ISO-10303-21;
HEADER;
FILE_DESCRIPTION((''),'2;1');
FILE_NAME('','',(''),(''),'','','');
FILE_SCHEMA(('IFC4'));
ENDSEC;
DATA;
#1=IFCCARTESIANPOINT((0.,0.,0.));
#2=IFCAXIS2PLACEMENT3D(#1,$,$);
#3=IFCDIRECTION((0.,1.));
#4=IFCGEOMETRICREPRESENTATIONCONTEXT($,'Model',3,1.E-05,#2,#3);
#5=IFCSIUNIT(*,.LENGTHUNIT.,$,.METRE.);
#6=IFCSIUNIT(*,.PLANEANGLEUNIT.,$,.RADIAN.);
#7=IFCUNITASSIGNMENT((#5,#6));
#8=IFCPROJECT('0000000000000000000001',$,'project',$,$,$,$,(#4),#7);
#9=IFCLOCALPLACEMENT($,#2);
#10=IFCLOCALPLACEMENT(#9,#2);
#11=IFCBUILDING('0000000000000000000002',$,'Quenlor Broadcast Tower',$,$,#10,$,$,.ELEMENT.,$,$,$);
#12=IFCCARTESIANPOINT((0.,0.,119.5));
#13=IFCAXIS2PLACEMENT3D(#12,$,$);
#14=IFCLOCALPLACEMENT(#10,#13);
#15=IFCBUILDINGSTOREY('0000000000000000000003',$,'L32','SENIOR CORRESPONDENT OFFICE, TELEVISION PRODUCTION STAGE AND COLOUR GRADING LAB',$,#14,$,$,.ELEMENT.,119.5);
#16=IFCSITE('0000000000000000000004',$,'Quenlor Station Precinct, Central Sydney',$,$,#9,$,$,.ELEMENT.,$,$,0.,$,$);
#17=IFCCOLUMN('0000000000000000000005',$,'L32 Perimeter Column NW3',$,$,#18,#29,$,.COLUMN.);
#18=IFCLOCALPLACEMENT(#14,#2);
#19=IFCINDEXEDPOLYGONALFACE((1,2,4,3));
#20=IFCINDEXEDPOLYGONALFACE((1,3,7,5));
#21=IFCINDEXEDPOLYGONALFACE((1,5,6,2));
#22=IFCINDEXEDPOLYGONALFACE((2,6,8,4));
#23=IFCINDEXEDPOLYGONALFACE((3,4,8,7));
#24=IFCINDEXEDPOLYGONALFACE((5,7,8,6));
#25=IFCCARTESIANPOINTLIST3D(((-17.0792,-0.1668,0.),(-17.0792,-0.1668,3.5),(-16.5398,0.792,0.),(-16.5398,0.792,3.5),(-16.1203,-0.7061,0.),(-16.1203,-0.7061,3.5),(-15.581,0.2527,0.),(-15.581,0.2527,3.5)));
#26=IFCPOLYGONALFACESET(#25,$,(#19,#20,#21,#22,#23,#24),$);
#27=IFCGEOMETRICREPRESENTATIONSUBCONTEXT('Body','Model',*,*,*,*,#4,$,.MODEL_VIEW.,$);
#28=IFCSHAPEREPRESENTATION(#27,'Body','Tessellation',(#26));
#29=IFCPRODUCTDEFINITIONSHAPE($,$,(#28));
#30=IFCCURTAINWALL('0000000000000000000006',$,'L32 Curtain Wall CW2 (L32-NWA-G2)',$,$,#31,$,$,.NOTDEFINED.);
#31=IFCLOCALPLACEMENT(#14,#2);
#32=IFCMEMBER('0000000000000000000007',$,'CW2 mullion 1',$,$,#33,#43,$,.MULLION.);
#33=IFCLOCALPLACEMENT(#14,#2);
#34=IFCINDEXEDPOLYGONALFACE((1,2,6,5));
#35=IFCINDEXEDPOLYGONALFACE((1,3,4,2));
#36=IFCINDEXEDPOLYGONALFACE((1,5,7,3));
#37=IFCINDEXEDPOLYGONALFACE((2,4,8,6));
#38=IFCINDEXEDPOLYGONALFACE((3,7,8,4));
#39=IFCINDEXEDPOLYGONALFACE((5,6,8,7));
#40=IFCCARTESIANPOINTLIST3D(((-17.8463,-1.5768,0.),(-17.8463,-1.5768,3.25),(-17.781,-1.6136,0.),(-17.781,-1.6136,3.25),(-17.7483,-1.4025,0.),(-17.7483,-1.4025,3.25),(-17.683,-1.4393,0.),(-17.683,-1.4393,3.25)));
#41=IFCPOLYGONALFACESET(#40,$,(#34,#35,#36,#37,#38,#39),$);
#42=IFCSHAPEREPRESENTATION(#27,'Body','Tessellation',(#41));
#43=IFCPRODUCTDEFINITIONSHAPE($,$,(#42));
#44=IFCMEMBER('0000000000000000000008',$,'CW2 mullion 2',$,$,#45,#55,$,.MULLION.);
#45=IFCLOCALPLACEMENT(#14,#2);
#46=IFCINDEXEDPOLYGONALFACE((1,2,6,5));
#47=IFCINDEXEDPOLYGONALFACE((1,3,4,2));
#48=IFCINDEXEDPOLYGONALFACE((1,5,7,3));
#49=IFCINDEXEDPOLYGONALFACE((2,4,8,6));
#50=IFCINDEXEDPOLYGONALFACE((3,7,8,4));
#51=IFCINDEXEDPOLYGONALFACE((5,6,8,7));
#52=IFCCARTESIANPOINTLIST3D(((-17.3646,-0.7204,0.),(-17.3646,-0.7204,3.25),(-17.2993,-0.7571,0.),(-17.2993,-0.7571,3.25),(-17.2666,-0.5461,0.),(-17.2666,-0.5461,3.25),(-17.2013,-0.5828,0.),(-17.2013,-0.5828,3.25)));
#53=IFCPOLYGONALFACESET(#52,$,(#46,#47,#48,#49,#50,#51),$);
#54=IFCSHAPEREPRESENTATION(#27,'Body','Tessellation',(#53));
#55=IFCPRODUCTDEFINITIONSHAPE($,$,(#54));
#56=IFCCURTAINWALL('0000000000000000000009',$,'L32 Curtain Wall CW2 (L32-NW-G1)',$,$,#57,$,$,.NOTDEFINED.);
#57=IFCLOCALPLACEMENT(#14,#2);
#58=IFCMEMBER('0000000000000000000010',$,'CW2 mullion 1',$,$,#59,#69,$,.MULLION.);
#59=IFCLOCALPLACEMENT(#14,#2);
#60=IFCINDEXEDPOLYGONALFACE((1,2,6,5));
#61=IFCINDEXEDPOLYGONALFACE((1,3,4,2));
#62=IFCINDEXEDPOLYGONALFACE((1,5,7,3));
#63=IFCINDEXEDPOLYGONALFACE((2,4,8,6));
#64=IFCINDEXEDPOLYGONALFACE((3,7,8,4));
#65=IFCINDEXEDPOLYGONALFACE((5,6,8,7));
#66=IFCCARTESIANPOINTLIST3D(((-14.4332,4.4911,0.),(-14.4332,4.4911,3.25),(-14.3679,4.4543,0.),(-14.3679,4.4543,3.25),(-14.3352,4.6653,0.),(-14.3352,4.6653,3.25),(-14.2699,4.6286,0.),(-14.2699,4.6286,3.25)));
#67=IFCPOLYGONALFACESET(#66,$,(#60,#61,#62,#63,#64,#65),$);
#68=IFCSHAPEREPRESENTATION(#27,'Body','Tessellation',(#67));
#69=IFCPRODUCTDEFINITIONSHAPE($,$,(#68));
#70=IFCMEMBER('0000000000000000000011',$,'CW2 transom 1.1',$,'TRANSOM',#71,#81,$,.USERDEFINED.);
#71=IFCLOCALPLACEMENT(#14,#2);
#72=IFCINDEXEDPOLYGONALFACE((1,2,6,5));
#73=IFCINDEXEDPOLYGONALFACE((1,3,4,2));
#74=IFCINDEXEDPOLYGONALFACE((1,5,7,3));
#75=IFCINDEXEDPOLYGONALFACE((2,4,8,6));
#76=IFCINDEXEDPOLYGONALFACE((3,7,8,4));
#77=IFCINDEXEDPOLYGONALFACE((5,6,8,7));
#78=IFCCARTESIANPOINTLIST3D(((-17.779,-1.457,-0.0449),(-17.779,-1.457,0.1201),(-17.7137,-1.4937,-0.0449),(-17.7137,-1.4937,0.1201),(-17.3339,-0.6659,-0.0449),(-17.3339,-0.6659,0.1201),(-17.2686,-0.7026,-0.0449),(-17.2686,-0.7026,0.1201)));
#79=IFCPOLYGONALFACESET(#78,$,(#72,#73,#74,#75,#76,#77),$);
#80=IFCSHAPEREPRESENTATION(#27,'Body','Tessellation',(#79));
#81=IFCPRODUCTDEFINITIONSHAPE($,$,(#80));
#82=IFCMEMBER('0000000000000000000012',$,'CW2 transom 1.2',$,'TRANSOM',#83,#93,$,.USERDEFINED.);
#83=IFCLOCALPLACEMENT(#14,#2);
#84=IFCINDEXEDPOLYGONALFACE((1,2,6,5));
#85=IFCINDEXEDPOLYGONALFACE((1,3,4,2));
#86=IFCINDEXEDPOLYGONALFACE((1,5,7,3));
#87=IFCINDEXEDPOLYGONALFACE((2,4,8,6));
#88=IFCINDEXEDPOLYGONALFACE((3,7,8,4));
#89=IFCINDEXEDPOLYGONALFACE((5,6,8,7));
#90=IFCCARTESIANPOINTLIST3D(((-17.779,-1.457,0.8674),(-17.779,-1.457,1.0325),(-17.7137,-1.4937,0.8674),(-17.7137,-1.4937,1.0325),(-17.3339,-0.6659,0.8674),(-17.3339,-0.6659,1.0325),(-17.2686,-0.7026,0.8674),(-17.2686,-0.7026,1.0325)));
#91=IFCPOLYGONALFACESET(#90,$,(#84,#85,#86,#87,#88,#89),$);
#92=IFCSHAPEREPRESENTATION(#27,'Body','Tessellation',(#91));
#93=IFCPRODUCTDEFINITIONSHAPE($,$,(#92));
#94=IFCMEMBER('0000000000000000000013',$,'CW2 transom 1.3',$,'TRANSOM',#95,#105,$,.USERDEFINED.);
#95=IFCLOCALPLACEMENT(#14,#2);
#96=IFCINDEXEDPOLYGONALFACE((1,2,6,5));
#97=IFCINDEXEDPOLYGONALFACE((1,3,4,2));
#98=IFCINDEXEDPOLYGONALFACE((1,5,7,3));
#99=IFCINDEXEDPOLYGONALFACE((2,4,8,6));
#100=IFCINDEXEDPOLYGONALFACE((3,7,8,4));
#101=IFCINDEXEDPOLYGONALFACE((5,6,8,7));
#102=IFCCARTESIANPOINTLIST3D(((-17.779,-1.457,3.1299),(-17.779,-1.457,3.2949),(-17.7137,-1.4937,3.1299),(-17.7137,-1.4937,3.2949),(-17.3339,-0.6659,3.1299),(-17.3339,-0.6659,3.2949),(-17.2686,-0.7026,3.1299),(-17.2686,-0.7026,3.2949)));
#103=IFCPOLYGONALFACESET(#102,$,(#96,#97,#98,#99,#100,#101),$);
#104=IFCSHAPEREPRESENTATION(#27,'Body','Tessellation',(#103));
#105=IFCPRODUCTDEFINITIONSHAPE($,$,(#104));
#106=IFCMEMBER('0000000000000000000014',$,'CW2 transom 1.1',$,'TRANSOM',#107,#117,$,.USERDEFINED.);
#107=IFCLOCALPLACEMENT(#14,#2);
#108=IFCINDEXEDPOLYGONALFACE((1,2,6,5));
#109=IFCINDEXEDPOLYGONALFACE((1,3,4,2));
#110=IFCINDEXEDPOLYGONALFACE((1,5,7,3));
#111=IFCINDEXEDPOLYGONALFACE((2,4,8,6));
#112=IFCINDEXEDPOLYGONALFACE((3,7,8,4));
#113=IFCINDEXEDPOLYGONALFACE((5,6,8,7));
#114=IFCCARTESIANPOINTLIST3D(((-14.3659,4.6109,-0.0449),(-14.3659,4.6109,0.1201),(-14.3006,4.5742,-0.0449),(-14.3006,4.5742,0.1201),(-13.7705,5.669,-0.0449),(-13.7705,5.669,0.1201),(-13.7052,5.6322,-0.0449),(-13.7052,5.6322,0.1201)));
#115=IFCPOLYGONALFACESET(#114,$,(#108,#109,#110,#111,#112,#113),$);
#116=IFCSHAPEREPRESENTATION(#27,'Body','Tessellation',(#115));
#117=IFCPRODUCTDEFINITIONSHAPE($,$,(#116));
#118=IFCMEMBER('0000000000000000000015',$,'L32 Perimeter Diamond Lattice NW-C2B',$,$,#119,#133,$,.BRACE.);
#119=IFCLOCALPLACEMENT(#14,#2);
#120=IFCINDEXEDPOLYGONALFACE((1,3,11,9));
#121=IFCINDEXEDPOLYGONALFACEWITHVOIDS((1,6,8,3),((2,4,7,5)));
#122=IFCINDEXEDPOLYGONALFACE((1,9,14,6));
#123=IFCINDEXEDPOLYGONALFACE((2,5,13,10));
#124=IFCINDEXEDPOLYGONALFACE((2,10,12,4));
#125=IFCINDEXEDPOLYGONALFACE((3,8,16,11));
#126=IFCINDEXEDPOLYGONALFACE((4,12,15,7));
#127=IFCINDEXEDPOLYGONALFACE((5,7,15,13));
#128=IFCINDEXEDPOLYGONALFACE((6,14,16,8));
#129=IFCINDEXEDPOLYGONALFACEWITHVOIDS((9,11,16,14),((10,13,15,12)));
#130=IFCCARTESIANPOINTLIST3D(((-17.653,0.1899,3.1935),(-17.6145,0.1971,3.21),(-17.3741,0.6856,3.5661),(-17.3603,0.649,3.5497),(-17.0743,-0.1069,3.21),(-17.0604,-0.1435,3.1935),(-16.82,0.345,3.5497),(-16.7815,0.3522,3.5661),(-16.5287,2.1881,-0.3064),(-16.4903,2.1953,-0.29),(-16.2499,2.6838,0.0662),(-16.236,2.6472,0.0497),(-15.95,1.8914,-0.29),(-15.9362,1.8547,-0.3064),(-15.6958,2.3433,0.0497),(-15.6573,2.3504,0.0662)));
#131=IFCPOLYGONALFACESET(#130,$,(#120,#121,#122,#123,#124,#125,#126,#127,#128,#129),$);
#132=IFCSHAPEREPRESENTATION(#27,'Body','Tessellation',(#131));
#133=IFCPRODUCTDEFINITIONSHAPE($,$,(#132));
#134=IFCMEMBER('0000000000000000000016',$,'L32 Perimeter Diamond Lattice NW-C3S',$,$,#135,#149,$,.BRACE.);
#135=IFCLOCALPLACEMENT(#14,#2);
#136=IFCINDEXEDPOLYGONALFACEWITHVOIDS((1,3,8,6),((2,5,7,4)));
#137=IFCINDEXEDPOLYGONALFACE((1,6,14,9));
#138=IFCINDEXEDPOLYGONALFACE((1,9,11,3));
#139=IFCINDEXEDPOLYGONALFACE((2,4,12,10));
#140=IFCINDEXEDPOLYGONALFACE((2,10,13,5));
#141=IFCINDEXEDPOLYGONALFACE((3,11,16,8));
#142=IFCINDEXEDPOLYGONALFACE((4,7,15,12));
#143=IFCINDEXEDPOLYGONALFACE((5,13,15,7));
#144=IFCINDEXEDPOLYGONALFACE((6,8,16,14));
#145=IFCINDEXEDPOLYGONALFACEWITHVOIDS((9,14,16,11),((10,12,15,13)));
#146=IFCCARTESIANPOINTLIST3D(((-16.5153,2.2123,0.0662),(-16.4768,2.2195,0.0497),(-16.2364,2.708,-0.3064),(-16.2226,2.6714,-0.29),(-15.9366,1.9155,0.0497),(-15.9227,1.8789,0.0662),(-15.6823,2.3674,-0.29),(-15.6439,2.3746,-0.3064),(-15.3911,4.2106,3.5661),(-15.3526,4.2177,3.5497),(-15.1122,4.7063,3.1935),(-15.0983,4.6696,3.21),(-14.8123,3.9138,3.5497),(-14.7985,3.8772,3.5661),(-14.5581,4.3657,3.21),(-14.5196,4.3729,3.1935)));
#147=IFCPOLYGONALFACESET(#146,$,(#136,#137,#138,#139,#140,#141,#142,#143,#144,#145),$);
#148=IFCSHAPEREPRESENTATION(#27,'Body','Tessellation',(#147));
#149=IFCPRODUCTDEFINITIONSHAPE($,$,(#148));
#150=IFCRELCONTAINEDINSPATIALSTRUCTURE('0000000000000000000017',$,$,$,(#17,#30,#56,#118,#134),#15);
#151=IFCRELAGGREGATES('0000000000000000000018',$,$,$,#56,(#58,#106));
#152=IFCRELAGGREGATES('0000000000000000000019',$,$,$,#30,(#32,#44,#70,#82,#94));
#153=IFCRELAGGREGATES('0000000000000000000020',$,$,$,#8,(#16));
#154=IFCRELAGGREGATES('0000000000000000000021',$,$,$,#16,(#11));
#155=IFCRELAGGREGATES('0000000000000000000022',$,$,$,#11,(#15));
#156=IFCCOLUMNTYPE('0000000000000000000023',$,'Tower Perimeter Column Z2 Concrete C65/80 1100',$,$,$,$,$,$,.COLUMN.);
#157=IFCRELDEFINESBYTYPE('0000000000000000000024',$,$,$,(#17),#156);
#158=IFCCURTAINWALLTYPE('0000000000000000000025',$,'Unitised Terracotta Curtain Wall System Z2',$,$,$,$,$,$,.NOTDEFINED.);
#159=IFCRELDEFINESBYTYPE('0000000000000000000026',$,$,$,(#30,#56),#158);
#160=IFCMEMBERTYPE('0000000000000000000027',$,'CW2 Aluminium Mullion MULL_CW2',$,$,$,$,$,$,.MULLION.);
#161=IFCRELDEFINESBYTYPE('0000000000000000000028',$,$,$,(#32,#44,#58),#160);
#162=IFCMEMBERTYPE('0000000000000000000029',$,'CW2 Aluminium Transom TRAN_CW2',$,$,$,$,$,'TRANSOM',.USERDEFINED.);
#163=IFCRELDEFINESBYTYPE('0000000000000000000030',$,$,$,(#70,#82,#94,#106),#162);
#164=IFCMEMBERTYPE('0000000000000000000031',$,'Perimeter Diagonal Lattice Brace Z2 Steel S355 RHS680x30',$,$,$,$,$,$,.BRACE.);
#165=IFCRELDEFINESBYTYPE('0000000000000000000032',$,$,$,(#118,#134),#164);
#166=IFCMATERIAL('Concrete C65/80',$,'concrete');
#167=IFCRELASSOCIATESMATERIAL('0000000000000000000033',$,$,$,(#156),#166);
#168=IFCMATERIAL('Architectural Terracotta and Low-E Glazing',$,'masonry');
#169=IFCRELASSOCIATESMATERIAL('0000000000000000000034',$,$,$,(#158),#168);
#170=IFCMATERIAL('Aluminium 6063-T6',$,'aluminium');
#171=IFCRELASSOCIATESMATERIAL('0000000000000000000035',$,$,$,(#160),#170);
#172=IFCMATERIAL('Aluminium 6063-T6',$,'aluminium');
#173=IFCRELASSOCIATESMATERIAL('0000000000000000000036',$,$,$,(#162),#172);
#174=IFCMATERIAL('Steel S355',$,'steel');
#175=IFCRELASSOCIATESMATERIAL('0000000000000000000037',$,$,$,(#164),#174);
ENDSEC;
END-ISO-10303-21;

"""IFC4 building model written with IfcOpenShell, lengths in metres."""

from ifc_helpers import new_model, si_unit, direction, frame, origin, origin_2d, place, context, subcontext, project, spatial, rectangle, hollow_rectangle, extrude, material, material_profile, profile_set, type_object, element, aggregate, save


model = new_model("IFC4")

# Units and contexts
model_context = context("Model", 3, precision=1e-05, world=origin(), true_north=direction((0.0, 1.0)))
body_context = subcontext(model_context, "Body", "Model", "MODEL_VIEW")
ifc_project = project(units=[si_unit("LENGTHUNIT", "METRE"), si_unit("PLANEANGLEUNIT", "RADIAN")], contexts=[model_context])

# Site, building, storey
site_placement = place(None, origin())
site = spatial("IfcSite", under=ifc_project, at=site_placement, Name="Quenlor Station Precinct, Central Sydney", CompositionType="ELEMENT", RefElevation=0.0)
building_placement = place(site_placement, origin())
building = spatial("IfcBuilding", under=site, at=building_placement, Name="Quenlor Broadcast Tower", CompositionType="ELEMENT")
storey_placement = place(building_placement, frame((0.0, 0.0, 119.5)))
storey = spatial("IfcBuildingStorey", under=building, at=storey_placement, Name="L32", Description="SENIOR CORRESPONDENT OFFICE, TELEVISION PRODUCTION STAGE AND COLOUR GRADING LAB", CompositionType="ELEMENT", Elevation=119.5)

# Column
ifc_material_1 = material(Name="Concrete C65/80", Category="concrete")
ifc_material_profile_1 = material_profile(ifc_material_1, rectangle(XDim=1.1001, YDim=1.1001, at=origin_2d()))
ifc_profile_set_1 = profile_set([ifc_material_profile_1], Name="Concrete C65/80 RC1100x1100")
column_type = type_object("IfcColumnType", Name="Tower Perimeter Column Z2 Concrete C65/80 1100", PredefinedType="COLUMN", material=ifc_profile_set_1)
column_placement = place(storey_placement, frame((-16.3301, 0.043, 0.0), z_axis=(0.0, 0.0, 1.0), x_axis=(-0.871575, 0.490262, 0.0)))
element("IfcColumn", 1, at=column_placement, inside=storey, type_object=column_type, Name="L32 Perimeter Column NW3", PredefinedType="COLUMN", context=body_context, shape_type="SweptSolid", body=[
    extrude(rectangle(XDim=1.1001, YDim=1.1001, at=origin_2d()), origin(), (0.0, 0.0, 1.0), 3.5),
])

# Curtain wall, members
ifc_material_2 = material(Name="Architectural Terracotta and Low-E Glazing", Category="masonry")
curtain_wall_type = type_object("IfcCurtainWallType", Name="Unitised Terracotta Curtain Wall System Z2", PredefinedType="NOTDEFINED", material=ifc_material_2)
curtain_wall_1_placement = place(storey_placement, origin())
curtain_wall_1 = element("IfcCurtainWall", 2, at=curtain_wall_1_placement, inside=storey, type_object=curtain_wall_type, Name="L32 Curtain Wall CW2 (L32-NWA-G2)", PredefinedType="NOTDEFINED")
ifc_material_3 = material(Name="Aluminium 6063-T6", Category="aluminium")
ifc_material_profile_2 = material_profile(ifc_material_3, rectangle(XDim=0.075, YDim=0.2, at=origin_2d()))
ifc_profile_set_2 = profile_set([ifc_material_profile_2], Name="Aluminium 6063-T6 MULL75x200")
member_type_1 = type_object("IfcMemberType", Name="CW2 Aluminium Mullion MULL_CW2", PredefinedType="MULLION", material=ifc_profile_set_2)
member_1_placement = place(storey_placement, frame((-17.7646, -1.5081, 0.0), z_axis=(0.0, 0.0, 1.0), x_axis=(-0.871581, 0.490252, 0.0)))
member_1 = element("IfcMember", 3, at=member_1_placement, type_object=member_type_1, Name="CW2 mullion 1", PredefinedType="MULLION", context=body_context, shape_type="SweptSolid", body=[
    extrude(rectangle(XDim=0.075, YDim=0.2, at=origin_2d()), origin(), (0.0, 0.0, 1.0), 3.25),
])
member_2_placement = place(storey_placement, frame((-17.283, -0.6516, 0.0), z_axis=(0.0, 0.0, 1.0), x_axis=(-0.871581, 0.490252, 0.0)))
member_2 = element("IfcMember", 4, at=member_2_placement, type_object=member_type_1, Name="CW2 mullion 2", PredefinedType="MULLION", context=body_context, shape_type="SweptSolid", body=[
    extrude(rectangle(XDim=0.075, YDim=0.2, at=origin_2d()), origin(), (0.0, 0.0, 1.0), 3.25),
])

# Curtain wall, member
curtain_wall_2_placement = place(storey_placement, origin())
curtain_wall_2 = element("IfcCurtainWall", 5, at=curtain_wall_2_placement, inside=storey, type_object=curtain_wall_type, Name="L32 Curtain Wall CW2 (L32-NW-G1)", PredefinedType="NOTDEFINED")
member_3_placement = place(storey_placement, frame((-14.3516, 4.5598, 0.0), z_axis=(0.0, 0.0, 1.0), x_axis=(-0.871579, 0.490254, 0.0)))
member_3 = element("IfcMember", 6, at=member_3_placement, type_object=member_type_1, Name="CW2 mullion 1", PredefinedType="MULLION", context=body_context, shape_type="SweptSolid", body=[
    extrude(rectangle(XDim=0.075, YDim=0.2, at=origin_2d()), origin(), (0.0, 0.0, 1.0), 3.25),
])

# Members
ifc_material_4 = material(Name="Aluminium 6063-T6", Category="aluminium")
ifc_material_profile_3 = material_profile(ifc_material_4, rectangle(XDim=0.075, YDim=0.165, at=origin_2d()))
ifc_profile_set_3 = profile_set([ifc_material_profile_3], Name="Aluminium 6063-T6 TRAN75x165")
member_type_2 = type_object("IfcMemberType", Name="CW2 Aluminium Transom TRAN_CW2", ElementType="TRANSOM", PredefinedType="USERDEFINED", material=ifc_profile_set_3)
member_4_placement = place(storey_placement, frame((-17.7463, -1.4753, 0.0376), z_axis=(0.490363, 0.871518, 0.0), x_axis=(-0.871518, 0.490363, 0.0)))
member_4 = element("IfcMember", 7, at=member_4_placement, type_object=member_type_2, Name="CW2 transom 1.1", ObjectType="TRANSOM", PredefinedType="USERDEFINED", context=body_context, shape_type="SweptSolid", body=[
    extrude(rectangle(XDim=0.075, YDim=0.165, at=origin_2d()), origin(), (0.0, 0.0, 1.0), 0.9077),
])
member_5_placement = place(storey_placement, frame((-17.7463, -1.4753, 0.95), z_axis=(0.490363, 0.871518, 0.0), x_axis=(-0.871518, 0.490363, 0.0)))
member_5 = element("IfcMember", 8, at=member_5_placement, type_object=member_type_2, Name="CW2 transom 1.2", ObjectType="TRANSOM", PredefinedType="USERDEFINED", context=body_context, shape_type="SweptSolid", body=[
    extrude(rectangle(XDim=0.075, YDim=0.165, at=origin_2d()), origin(), (0.0, 0.0, 1.0), 0.9077),
])
member_6_placement = place(storey_placement, frame((-17.7463, -1.4753, 3.2124), z_axis=(0.490363, 0.871518, 0.0), x_axis=(-0.871518, 0.490363, 0.0)))
member_6 = element("IfcMember", 9, at=member_6_placement, type_object=member_type_2, Name="CW2 transom 1.3", ObjectType="TRANSOM", PredefinedType="USERDEFINED", context=body_context, shape_type="SweptSolid", body=[
    extrude(rectangle(XDim=0.075, YDim=0.165, at=origin_2d()), origin(), (0.0, 0.0, 1.0), 0.9077),
])
member_7_placement = place(storey_placement, frame((-14.3333, 4.5925, 0.0376), z_axis=(0.490433, 0.871479, 0.0), x_axis=(-0.871479, 0.490433, 0.0)))
member_7 = element("IfcMember", 10, at=member_7_placement, type_object=member_type_2, Name="CW2 transom 1.1", ObjectType="TRANSOM", PredefinedType="USERDEFINED", context=body_context, shape_type="SweptSolid", body=[
    extrude(rectangle(XDim=0.075, YDim=0.165, at=origin_2d()), origin(), (0.0, 0.0, 1.0), 1.2141),
])
aggregate(curtain_wall_2, [member_3, member_7])

# Members
ifc_material_5 = material(Name="Steel S355", Category="steel")
ifc_material_profile_4 = material_profile(ifc_material_5, hollow_rectangle(XDim=0.6799, YDim=0.6799, WallThickness=0.03, at=origin_2d()))
ifc_profile_set_4 = profile_set([ifc_material_profile_4], Name="Steel S355 RHS680x680x30")
member_type_3 = type_object("IfcMemberType", Name="Perimeter Diagonal Lattice Brace Z2 Steel S355 RHS680x30", PredefinedType="BRACE", material=ifc_profile_set_4)
for number, where, z_axis, x_axis, name in (
    (11, (-16.093, 2.2693, -0.1201), (-0.268697, -0.477585, 0.836489), (0.871533, -0.490337, 0.0), "L32 Perimeter Diamond Lattice NW-C2B"),
    (12, (-16.0796, 2.2935, -0.1201), (0.268697, 0.477585, 0.836489), (-0.871533, 0.490337, 0.0), "L32 Perimeter Diamond Lattice NW-C3S"),
):
    element("IfcMember", number, at=place(storey_placement, frame(where, z_axis=z_axis, x_axis=x_axis)), inside=storey, type_object=member_type_3, Name=name, PredefinedType="BRACE", context=body_context, shape_type="SweptSolid", body=[
        extrude(hollow_rectangle(XDim=0.6799, YDim=0.6799, WallThickness=0.03, at=origin_2d()), origin(), (0.0, 0.0, 1.0), 4.1841),
    ])

aggregate(curtain_wall_1, [member_1, member_2, member_4, member_5, member_6])

save(model, "model.ifc")
